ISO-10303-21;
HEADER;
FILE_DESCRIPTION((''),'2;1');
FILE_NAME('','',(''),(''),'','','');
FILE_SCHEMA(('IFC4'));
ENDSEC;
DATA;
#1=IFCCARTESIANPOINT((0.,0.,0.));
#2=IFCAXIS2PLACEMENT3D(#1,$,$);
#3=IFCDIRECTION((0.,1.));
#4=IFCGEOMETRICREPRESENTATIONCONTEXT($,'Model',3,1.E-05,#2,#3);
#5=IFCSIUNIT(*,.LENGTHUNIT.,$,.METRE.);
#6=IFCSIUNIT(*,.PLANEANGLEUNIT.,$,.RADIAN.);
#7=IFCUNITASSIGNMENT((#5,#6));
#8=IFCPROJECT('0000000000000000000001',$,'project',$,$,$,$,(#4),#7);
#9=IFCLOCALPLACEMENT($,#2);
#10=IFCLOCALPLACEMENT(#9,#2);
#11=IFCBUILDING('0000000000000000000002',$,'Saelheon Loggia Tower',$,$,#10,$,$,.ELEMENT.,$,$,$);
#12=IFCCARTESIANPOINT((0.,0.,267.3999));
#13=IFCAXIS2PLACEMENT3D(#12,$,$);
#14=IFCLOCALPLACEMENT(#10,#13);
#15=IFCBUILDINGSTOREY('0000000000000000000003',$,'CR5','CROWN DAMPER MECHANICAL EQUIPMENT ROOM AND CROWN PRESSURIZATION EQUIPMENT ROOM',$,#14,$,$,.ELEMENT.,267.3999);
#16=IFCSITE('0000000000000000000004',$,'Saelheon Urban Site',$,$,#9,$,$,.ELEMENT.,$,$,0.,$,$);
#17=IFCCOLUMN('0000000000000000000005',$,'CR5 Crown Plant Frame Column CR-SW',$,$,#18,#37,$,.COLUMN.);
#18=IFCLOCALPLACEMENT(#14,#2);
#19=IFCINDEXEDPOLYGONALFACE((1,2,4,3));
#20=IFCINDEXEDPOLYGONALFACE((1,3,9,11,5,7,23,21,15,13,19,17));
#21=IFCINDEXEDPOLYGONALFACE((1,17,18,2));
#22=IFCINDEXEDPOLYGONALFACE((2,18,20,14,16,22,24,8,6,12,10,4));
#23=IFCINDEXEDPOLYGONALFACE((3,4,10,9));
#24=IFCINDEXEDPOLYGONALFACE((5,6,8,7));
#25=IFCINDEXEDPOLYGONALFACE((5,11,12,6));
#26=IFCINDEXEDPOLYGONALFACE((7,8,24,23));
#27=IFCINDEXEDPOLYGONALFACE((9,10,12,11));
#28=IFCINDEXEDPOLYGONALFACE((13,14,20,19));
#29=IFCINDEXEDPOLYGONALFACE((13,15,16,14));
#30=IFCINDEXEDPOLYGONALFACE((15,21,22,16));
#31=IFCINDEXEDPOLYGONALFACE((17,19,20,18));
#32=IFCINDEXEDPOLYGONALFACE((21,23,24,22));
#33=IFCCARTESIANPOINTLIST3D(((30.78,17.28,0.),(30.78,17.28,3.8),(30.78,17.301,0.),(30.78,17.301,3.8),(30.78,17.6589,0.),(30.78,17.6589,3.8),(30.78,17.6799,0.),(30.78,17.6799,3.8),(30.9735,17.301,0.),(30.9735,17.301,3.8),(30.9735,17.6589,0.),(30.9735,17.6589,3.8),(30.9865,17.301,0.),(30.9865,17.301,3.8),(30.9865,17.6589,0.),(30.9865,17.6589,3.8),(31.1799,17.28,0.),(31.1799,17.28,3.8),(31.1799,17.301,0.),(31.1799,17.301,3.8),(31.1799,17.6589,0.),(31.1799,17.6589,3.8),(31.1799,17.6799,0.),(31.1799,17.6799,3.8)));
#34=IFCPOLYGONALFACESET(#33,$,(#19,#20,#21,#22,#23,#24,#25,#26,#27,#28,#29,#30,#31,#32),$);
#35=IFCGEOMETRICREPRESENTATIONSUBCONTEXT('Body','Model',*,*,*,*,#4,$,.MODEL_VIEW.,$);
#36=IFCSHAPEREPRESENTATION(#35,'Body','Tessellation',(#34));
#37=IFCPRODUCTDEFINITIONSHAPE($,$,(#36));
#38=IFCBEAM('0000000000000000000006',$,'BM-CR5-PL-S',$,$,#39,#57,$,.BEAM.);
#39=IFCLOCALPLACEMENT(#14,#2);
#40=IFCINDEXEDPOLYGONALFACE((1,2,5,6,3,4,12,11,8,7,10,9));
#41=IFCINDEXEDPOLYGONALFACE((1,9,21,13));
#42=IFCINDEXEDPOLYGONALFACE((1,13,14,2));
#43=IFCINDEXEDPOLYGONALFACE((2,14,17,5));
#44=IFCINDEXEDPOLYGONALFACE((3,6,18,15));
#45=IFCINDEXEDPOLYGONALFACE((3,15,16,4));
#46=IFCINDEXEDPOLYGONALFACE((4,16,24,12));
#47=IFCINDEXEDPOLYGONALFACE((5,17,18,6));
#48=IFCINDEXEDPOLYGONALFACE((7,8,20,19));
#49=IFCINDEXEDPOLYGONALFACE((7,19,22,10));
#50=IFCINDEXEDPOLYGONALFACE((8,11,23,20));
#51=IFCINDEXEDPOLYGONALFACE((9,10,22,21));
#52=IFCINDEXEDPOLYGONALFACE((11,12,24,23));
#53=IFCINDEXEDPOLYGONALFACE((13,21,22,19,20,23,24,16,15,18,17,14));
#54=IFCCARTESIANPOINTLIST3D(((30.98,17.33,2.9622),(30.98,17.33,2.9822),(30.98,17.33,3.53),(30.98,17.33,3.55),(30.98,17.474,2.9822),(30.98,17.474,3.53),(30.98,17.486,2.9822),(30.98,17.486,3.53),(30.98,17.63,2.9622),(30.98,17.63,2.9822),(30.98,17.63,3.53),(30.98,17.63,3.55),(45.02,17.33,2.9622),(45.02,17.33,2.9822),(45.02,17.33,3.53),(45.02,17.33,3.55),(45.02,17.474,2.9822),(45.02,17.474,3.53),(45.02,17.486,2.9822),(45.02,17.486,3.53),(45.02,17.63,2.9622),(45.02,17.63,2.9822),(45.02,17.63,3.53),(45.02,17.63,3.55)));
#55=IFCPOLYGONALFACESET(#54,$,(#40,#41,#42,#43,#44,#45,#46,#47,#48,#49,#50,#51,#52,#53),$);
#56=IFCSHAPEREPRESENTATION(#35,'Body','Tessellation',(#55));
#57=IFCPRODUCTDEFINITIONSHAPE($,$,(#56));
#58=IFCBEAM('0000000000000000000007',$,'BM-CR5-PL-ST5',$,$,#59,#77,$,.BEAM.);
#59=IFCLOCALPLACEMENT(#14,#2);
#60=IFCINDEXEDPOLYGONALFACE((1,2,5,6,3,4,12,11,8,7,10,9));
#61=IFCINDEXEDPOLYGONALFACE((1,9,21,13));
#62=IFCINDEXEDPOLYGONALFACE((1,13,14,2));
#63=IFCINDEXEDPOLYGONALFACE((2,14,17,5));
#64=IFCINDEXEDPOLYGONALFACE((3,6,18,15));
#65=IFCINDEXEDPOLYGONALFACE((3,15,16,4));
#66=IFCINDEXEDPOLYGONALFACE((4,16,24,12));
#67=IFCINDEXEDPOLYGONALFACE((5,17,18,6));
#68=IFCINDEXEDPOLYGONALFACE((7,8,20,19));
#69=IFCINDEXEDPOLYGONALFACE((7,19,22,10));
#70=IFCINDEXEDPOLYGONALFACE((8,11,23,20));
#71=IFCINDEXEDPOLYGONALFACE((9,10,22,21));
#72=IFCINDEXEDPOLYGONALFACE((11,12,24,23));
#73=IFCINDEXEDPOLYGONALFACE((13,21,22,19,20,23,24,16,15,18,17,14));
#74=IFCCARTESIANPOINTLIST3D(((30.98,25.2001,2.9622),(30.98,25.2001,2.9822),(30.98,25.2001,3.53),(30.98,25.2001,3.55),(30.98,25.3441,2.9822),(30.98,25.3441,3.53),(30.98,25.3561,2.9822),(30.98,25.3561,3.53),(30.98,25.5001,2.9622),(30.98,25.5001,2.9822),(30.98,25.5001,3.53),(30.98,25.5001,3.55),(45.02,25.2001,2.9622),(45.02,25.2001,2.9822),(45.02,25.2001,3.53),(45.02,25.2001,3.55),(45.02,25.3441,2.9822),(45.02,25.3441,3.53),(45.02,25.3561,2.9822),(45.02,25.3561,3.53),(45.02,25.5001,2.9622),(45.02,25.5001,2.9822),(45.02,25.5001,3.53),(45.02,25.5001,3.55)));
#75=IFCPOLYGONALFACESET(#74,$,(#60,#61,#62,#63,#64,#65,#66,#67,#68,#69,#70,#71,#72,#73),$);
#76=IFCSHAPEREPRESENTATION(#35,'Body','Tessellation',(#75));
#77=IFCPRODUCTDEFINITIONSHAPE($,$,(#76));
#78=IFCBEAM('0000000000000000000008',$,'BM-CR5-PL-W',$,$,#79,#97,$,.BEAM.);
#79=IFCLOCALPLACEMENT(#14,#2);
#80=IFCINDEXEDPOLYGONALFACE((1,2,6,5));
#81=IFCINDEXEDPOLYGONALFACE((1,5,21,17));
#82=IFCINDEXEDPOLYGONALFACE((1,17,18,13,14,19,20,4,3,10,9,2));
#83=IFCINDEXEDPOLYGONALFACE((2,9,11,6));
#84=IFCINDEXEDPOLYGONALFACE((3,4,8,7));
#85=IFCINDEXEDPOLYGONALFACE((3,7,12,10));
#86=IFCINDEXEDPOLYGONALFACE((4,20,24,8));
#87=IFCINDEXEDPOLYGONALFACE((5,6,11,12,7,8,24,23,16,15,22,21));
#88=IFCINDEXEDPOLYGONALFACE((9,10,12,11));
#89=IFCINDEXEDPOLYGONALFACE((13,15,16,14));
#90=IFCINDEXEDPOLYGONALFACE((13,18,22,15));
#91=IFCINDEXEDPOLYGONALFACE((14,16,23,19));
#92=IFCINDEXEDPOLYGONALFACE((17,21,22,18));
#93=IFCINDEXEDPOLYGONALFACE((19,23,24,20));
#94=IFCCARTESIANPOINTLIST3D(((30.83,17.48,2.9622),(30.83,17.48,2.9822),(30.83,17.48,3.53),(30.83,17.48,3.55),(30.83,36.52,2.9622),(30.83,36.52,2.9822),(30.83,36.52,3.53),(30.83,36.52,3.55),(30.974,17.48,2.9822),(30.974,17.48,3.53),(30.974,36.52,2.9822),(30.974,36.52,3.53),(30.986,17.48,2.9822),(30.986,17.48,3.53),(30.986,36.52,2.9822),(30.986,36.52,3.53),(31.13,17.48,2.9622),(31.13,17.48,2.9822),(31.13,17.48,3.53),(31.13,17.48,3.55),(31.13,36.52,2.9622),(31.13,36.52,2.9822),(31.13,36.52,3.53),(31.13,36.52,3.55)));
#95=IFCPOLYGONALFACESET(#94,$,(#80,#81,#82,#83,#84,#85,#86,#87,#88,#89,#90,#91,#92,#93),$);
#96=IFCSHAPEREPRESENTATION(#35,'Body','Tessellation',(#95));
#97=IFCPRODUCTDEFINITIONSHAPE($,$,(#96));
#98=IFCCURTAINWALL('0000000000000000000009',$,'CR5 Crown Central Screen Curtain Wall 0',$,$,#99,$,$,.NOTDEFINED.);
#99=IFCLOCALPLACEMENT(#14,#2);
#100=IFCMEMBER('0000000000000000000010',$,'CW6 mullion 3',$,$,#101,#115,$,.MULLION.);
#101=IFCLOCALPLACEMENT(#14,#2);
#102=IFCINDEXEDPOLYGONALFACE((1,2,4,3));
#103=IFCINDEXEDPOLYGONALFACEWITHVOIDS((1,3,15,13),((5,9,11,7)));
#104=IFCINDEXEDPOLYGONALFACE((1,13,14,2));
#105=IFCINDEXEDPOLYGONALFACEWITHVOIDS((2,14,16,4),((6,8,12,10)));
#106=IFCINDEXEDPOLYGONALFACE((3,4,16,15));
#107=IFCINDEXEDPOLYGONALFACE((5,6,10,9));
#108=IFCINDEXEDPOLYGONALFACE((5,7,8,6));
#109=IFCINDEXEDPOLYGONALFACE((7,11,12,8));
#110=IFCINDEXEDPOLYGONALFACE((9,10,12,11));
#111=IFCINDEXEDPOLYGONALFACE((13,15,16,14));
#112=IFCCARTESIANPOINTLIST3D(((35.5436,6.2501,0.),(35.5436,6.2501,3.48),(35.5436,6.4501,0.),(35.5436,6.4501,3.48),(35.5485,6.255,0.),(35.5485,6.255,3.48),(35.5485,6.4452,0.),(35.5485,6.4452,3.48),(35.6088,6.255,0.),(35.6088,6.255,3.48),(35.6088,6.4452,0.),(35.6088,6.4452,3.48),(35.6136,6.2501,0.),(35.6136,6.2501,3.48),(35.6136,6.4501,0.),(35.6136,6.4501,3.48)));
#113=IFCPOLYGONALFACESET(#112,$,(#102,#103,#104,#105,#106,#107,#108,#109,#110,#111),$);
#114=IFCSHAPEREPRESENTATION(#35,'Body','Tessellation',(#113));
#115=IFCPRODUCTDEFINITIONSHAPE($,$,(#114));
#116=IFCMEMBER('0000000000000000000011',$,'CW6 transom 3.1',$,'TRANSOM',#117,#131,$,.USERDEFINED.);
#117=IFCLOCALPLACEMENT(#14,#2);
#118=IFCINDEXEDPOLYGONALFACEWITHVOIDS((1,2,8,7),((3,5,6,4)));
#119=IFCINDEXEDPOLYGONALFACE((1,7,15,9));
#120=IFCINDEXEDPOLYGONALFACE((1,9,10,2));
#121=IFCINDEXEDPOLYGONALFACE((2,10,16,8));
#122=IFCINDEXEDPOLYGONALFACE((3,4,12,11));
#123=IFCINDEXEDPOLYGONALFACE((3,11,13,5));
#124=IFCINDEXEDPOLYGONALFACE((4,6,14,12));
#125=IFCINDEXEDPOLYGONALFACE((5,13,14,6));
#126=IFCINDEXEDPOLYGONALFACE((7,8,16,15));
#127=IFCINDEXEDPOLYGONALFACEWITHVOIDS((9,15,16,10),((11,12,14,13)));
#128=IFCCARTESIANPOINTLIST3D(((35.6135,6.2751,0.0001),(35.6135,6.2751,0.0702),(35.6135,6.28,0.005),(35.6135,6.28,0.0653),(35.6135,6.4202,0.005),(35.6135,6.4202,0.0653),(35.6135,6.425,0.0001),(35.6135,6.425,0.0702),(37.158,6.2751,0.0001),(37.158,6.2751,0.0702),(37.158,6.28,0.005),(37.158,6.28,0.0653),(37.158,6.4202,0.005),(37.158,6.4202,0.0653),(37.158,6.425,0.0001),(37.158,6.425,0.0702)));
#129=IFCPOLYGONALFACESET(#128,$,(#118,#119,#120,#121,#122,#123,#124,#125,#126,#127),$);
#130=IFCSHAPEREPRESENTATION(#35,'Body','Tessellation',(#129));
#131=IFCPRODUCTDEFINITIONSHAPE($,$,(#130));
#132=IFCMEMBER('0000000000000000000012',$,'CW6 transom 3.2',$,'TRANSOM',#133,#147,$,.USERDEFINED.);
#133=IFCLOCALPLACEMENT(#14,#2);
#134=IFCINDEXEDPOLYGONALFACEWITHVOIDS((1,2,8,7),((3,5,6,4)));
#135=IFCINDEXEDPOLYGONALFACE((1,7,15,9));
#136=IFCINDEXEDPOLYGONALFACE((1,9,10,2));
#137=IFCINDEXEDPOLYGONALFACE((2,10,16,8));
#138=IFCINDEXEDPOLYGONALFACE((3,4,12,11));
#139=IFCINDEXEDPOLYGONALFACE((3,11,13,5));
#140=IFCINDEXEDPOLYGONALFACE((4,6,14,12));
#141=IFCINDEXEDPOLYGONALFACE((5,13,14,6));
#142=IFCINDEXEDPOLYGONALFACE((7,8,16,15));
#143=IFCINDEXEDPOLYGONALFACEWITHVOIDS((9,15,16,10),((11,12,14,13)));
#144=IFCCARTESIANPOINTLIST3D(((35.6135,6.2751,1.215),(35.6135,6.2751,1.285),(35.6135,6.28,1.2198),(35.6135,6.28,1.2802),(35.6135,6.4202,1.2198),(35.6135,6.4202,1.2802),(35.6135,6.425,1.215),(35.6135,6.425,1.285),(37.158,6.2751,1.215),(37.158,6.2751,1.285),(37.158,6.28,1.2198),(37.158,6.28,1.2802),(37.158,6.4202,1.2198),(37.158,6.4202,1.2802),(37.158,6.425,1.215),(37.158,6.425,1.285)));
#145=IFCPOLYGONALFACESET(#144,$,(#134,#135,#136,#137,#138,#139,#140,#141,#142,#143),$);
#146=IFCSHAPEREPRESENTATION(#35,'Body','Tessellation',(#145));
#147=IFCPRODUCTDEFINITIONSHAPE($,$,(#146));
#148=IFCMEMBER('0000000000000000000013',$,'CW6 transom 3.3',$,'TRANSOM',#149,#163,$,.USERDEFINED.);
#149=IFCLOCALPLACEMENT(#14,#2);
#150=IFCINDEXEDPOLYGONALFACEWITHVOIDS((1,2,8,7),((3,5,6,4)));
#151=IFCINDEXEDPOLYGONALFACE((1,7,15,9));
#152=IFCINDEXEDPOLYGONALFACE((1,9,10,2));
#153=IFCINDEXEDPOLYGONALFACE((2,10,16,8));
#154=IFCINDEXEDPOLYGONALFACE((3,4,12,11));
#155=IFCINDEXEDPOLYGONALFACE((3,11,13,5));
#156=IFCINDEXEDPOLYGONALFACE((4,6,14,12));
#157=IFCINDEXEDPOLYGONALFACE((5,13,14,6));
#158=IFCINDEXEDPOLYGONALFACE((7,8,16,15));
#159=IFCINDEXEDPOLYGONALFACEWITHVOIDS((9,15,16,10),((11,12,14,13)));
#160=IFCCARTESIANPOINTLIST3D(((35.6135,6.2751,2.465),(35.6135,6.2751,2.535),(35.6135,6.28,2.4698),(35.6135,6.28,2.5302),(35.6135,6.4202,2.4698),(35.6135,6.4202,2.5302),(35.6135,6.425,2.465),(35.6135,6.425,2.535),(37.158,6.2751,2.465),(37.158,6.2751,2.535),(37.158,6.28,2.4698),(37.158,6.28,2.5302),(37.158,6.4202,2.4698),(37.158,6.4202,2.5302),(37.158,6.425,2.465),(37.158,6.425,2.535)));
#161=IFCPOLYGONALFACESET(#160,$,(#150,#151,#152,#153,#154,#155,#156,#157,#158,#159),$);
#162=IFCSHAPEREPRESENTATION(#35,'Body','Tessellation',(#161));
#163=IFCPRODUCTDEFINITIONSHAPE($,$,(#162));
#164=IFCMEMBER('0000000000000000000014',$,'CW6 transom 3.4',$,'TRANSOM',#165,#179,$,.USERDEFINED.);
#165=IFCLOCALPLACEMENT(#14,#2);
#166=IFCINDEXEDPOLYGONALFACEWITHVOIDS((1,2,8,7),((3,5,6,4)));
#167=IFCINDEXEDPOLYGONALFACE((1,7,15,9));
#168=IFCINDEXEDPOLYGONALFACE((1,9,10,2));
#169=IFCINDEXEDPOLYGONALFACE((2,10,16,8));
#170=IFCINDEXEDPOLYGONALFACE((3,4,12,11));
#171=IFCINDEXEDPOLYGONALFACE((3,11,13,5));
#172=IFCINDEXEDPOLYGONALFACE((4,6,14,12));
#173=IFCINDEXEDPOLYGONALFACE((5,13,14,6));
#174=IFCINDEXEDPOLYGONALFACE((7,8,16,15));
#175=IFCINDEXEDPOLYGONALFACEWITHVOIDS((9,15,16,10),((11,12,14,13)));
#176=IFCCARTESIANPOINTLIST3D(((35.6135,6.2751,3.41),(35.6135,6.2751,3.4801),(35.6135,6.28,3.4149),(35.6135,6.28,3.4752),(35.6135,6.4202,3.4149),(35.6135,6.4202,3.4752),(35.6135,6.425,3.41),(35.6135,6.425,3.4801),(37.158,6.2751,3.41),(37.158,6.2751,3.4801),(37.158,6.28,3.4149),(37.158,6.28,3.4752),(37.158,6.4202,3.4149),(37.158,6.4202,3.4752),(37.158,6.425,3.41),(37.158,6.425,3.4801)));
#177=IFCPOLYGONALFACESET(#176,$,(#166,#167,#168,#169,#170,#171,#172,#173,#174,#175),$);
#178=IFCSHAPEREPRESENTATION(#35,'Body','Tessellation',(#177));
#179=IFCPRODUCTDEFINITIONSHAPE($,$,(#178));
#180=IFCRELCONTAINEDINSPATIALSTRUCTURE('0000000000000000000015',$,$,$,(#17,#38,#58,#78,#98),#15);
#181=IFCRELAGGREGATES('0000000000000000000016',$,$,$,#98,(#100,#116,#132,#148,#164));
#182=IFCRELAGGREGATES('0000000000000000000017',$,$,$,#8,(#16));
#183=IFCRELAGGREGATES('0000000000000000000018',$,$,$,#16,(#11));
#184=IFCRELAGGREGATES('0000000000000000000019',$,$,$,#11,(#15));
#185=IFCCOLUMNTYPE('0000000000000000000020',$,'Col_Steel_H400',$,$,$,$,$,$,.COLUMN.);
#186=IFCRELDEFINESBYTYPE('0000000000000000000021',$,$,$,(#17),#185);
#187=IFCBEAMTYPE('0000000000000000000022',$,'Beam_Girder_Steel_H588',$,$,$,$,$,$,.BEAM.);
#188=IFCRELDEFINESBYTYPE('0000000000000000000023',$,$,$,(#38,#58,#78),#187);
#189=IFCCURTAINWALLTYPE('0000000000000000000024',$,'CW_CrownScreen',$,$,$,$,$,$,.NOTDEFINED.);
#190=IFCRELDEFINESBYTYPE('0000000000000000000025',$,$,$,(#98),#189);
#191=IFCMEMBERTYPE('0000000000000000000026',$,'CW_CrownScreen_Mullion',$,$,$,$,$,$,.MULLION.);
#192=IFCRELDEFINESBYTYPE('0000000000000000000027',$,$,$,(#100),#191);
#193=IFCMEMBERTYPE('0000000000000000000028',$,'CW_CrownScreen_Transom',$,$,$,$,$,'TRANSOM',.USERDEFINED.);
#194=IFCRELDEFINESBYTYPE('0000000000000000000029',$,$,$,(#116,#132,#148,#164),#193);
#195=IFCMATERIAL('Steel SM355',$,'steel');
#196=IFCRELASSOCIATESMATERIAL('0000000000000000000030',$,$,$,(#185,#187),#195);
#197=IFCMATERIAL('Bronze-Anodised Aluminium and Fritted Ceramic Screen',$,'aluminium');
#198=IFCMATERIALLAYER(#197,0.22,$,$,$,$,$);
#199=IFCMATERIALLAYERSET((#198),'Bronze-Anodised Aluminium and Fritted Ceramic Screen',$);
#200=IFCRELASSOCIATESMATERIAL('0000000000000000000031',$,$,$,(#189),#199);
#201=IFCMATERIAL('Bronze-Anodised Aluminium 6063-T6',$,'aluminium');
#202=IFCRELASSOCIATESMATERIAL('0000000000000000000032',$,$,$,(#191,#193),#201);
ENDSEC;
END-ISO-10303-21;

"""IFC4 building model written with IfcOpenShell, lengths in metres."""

from ifc_helpers import new_model, si_unit, direction, frame, origin, origin_2d, place, context, subcontext, project, spatial, hollow_rectangle, i_section, extrude, source, transform, mapped, material, layer, layer_set, material_profile, profile_set, type_object, element, aggregate, save


model = new_model("IFC4")

# Units and contexts
model_context = context("Model", 3, precision=1e-05, world=origin(), true_north=direction((0.0, 1.0)))
body_context = subcontext(model_context, "Body", "Model", "MODEL_VIEW")
ifc_project = project(units=[si_unit("LENGTHUNIT", "METRE"), si_unit("PLANEANGLEUNIT", "RADIAN")], contexts=[model_context])

# Site, building, storey
site_placement = place(None, origin())
site = spatial("IfcSite", under=ifc_project, at=site_placement, Name="Saelheon Urban Site", CompositionType="ELEMENT", RefElevation=0.0)
building_placement = place(site_placement, origin())
building = spatial("IfcBuilding", under=site, at=building_placement, Name="Saelheon Loggia Tower", CompositionType="ELEMENT")
storey_placement = place(building_placement, frame((0.0, 0.0, 267.3999)))
storey = spatial("IfcBuildingStorey", under=building, at=storey_placement, Name="CR5", Description="CROWN DAMPER MECHANICAL EQUIPMENT ROOM AND CROWN PRESSURIZATION EQUIPMENT ROOM", CompositionType="ELEMENT", Elevation=267.3999)

# Column
ifc_material_1 = material(Name="Steel SM355", Category="steel")
ifc_material_profile_1 = material_profile(ifc_material_1, i_section(OverallWidth=0.3999, OverallDepth=0.3999, WebThickness=0.0129, FlangeThickness=0.021, at=origin_2d()), Name="H-400x400x13x21")
ifc_profile_set_1 = profile_set([ifc_material_profile_1], Name="Steel SM355")
column_type = type_object("IfcColumnType", Name="Col_Steel_H400", PredefinedType="COLUMN", material=ifc_profile_set_1)
shared_shape_1 = source(origin(), body_context, "Body", "SweptSolid", [
    extrude(i_section(OverallWidth=0.3999, OverallDepth=0.3999, WebThickness=0.0129, FlangeThickness=0.021, at=origin_2d()), origin(), (0.0, 0.0, 1.0), 3.8),
])
column_placement = place(storey_placement, frame((30.98, 17.48, 0.0), z_axis=(0.0, 0.0, 1.0), x_axis=(1.0, 0.0, 0.0)))
element("IfcColumn", 1, at=column_placement, inside=storey, type_object=column_type, Name="CR5 Crown Plant Frame Column CR-SW", PredefinedType="COLUMN", context=body_context, shape_type="MappedRepresentation", body=[
    mapped(shared_shape_1, transform((0.0, 0.0, 0.0), scale=1.0)),
])

# Beams
ifc_material_profile_2 = material_profile(ifc_material_1, i_section(OverallWidth=0.3, OverallDepth=0.5879, WebThickness=0.012, FlangeThickness=0.02, at=origin_2d()), Name="H-588x300x12x20")
ifc_profile_set_2 = profile_set([ifc_material_profile_2], Name="Steel SM355")
beam_type = type_object("IfcBeamType", Name="Beam_Girder_Steel_H588", PredefinedType="BEAM", material=ifc_profile_set_2)
shared_shape_2 = source(origin(), body_context, "Body", "SweptSolid", [
    extrude(i_section(OverallWidth=0.3, OverallDepth=0.5879, WebThickness=0.012, FlangeThickness=0.02, at=origin_2d()), origin(), (0.0, 0.0, 1.0), 14.04),
])
for number, where, z_axis, x_axis, name in (
    (2, (30.98, 17.48, 3.2561), (1.0, 0.0, 0.0), (0.0, 1.0, 0.0), "BM-CR5-PL-S"),
    (3, (30.98, 25.3501, 3.2561), (1.0, 0.0, 0.0), (0.0, 1.0, 0.0), "BM-CR5-PL-ST5"),
):
    element("IfcBeam", number, at=place(storey_placement, frame(where, z_axis=z_axis, x_axis=x_axis)), inside=storey, type_object=beam_type, Name=name, PredefinedType="BEAM", context=body_context, shape_type="MappedRepresentation", body=[
        mapped(shared_shape_2, transform((0.0, 0.0, 0.0), scale=1.0)),
    ])
shared_shape_3 = source(origin(), body_context, "Body", "SweptSolid", [
    extrude(i_section(OverallWidth=0.3, OverallDepth=0.5879, WebThickness=0.012, FlangeThickness=0.02, at=origin_2d()), origin(), (0.0, 0.0, 1.0), 19.04),
])
beam_placement = place(storey_placement, frame((30.98, 17.48, 3.2561), z_axis=(0.0, 1.0, 0.0), x_axis=(-1.0, 0.0, 0.0)))
element("IfcBeam", 4, at=beam_placement, inside=storey, type_object=beam_type, Name="BM-CR5-PL-W", PredefinedType="BEAM", context=body_context, shape_type="MappedRepresentation", body=[
    mapped(shared_shape_3, transform((0.0, 0.0, 0.0), scale=1.0)),
])

# Curtain wall, members
ifc_material_2 = material(Name="Bronze-Anodised Aluminium and Fritted Ceramic Screen", Category="aluminium")
ifc_layer_1 = layer(ifc_material_2, 0.22)
ifc_layer_set_1 = layer_set([ifc_layer_1], Name="Bronze-Anodised Aluminium and Fritted Ceramic Screen")
curtain_wall_type = type_object("IfcCurtainWallType", Name="CW_CrownScreen", PredefinedType="NOTDEFINED", material=ifc_layer_set_1)
curtain_wall_placement = place(storey_placement, origin())
curtain_wall = element("IfcCurtainWall", 5, at=curtain_wall_placement, inside=storey, type_object=curtain_wall_type, Name="CR5 Crown Central Screen Curtain Wall 0", PredefinedType="NOTDEFINED")
ifc_material_3 = material(Name="Bronze-Anodised Aluminium 6063-T6", Category="aluminium")
ifc_material_profile_3 = material_profile(ifc_material_3, hollow_rectangle(XDim=0.0701, YDim=0.2, WallThickness=0.0049, at=origin_2d()), Name="RHS-200x70x5")
ifc_profile_set_3 = profile_set([ifc_material_profile_3], Name="Bronze-Anodised Aluminium 6063-T6")
member_type_1 = type_object("IfcMemberType", Name="CW_CrownScreen_Mullion", PredefinedType="MULLION", material=ifc_profile_set_3)
shared_shape_4 = source(origin(), body_context, "Body", "SweptSolid", [
    extrude(hollow_rectangle(XDim=0.0701, YDim=0.2, WallThickness=0.0049, at=origin_2d()), origin(), (0.0, 0.0, 1.0), 3.48),
])
member_1_placement = place(storey_placement, frame((35.5786, 6.3501, 0.0), z_axis=(0.0, 0.0, 1.0), x_axis=(1.0, 0.0, 0.0)))
member_1 = element("IfcMember", 6, at=member_1_placement, type_object=member_type_1, Name="CW6 mullion 3", PredefinedType="MULLION", context=body_context, shape_type="MappedRepresentation", body=[
    mapped(shared_shape_4, transform((0.0, 0.0, 0.0), scale=1.0)),
])
ifc_material_profile_4 = material_profile(ifc_material_3, hollow_rectangle(XDim=0.0701, YDim=0.1499, WallThickness=0.0049, at=origin_2d()), Name="RHS-150x70x5")
ifc_profile_set_4 = profile_set([ifc_material_profile_4], Name="Bronze-Anodised Aluminium 6063-T6")
member_type_2 = type_object("IfcMemberType", Name="CW_CrownScreen_Transom", ElementType="TRANSOM", PredefinedType="USERDEFINED", material=ifc_profile_set_4)
shared_shape_5 = source(origin(), body_context, "Body", "SweptSolid", [
    extrude(hollow_rectangle(XDim=0.0701, YDim=0.1499, WallThickness=0.0049, at=origin_2d()), origin(), (0.0, 0.0, 1.0), 1.5444),
])
member_2_placement = place(storey_placement, frame((35.6135, 6.3501, 0.0352), z_axis=(1.0, 0.0, 0.0), x_axis=(0.0, 0.0, 1.0)))
member_2 = element("IfcMember", 7, at=member_2_placement, type_object=member_type_2, Name="CW6 transom 3.1", ObjectType="TRANSOM", PredefinedType="USERDEFINED", context=body_context, shape_type="MappedRepresentation", body=[
    mapped(shared_shape_5, transform((0.0, 0.0, 0.0), scale=1.0)),
])
member_3_placement = place(storey_placement, frame((35.6135, 6.3501, 1.25), z_axis=(1.0, 0.0, 0.0), x_axis=(0.0, 0.0, 1.0)))
member_3 = element("IfcMember", 8, at=member_3_placement, type_object=member_type_2, Name="CW6 transom 3.2", ObjectType="TRANSOM", PredefinedType="USERDEFINED", context=body_context, shape_type="MappedRepresentation", body=[
    mapped(shared_shape_5, transform((0.0, 0.0, 0.0), scale=1.0)),
])
member_4_placement = place(storey_placement, frame((35.6135, 6.3501, 2.5), z_axis=(1.0, 0.0, 0.0), x_axis=(0.0, 0.0, 1.0)))
member_4 = element("IfcMember", 9, at=member_4_placement, type_object=member_type_2, Name="CW6 transom 3.3", ObjectType="TRANSOM", PredefinedType="USERDEFINED", context=body_context, shape_type="MappedRepresentation", body=[
    mapped(shared_shape_5, transform((0.0, 0.0, 0.0), scale=1.0)),
])
member_5_placement = place(storey_placement, frame((35.6135, 6.3501, 3.4451), z_axis=(1.0, 0.0, 0.0), x_axis=(0.0, 0.0, 1.0)))
member_5 = element("IfcMember", 10, at=member_5_placement, type_object=member_type_2, Name="CW6 transom 3.4", ObjectType="TRANSOM", PredefinedType="USERDEFINED", context=body_context, shape_type="MappedRepresentation", body=[
    mapped(shared_shape_5, transform((0.0, 0.0, 0.0), scale=1.0)),
])
aggregate(curtain_wall, [member_1, member_2, member_3, member_4, member_5])

save(model, "model.ifc")
